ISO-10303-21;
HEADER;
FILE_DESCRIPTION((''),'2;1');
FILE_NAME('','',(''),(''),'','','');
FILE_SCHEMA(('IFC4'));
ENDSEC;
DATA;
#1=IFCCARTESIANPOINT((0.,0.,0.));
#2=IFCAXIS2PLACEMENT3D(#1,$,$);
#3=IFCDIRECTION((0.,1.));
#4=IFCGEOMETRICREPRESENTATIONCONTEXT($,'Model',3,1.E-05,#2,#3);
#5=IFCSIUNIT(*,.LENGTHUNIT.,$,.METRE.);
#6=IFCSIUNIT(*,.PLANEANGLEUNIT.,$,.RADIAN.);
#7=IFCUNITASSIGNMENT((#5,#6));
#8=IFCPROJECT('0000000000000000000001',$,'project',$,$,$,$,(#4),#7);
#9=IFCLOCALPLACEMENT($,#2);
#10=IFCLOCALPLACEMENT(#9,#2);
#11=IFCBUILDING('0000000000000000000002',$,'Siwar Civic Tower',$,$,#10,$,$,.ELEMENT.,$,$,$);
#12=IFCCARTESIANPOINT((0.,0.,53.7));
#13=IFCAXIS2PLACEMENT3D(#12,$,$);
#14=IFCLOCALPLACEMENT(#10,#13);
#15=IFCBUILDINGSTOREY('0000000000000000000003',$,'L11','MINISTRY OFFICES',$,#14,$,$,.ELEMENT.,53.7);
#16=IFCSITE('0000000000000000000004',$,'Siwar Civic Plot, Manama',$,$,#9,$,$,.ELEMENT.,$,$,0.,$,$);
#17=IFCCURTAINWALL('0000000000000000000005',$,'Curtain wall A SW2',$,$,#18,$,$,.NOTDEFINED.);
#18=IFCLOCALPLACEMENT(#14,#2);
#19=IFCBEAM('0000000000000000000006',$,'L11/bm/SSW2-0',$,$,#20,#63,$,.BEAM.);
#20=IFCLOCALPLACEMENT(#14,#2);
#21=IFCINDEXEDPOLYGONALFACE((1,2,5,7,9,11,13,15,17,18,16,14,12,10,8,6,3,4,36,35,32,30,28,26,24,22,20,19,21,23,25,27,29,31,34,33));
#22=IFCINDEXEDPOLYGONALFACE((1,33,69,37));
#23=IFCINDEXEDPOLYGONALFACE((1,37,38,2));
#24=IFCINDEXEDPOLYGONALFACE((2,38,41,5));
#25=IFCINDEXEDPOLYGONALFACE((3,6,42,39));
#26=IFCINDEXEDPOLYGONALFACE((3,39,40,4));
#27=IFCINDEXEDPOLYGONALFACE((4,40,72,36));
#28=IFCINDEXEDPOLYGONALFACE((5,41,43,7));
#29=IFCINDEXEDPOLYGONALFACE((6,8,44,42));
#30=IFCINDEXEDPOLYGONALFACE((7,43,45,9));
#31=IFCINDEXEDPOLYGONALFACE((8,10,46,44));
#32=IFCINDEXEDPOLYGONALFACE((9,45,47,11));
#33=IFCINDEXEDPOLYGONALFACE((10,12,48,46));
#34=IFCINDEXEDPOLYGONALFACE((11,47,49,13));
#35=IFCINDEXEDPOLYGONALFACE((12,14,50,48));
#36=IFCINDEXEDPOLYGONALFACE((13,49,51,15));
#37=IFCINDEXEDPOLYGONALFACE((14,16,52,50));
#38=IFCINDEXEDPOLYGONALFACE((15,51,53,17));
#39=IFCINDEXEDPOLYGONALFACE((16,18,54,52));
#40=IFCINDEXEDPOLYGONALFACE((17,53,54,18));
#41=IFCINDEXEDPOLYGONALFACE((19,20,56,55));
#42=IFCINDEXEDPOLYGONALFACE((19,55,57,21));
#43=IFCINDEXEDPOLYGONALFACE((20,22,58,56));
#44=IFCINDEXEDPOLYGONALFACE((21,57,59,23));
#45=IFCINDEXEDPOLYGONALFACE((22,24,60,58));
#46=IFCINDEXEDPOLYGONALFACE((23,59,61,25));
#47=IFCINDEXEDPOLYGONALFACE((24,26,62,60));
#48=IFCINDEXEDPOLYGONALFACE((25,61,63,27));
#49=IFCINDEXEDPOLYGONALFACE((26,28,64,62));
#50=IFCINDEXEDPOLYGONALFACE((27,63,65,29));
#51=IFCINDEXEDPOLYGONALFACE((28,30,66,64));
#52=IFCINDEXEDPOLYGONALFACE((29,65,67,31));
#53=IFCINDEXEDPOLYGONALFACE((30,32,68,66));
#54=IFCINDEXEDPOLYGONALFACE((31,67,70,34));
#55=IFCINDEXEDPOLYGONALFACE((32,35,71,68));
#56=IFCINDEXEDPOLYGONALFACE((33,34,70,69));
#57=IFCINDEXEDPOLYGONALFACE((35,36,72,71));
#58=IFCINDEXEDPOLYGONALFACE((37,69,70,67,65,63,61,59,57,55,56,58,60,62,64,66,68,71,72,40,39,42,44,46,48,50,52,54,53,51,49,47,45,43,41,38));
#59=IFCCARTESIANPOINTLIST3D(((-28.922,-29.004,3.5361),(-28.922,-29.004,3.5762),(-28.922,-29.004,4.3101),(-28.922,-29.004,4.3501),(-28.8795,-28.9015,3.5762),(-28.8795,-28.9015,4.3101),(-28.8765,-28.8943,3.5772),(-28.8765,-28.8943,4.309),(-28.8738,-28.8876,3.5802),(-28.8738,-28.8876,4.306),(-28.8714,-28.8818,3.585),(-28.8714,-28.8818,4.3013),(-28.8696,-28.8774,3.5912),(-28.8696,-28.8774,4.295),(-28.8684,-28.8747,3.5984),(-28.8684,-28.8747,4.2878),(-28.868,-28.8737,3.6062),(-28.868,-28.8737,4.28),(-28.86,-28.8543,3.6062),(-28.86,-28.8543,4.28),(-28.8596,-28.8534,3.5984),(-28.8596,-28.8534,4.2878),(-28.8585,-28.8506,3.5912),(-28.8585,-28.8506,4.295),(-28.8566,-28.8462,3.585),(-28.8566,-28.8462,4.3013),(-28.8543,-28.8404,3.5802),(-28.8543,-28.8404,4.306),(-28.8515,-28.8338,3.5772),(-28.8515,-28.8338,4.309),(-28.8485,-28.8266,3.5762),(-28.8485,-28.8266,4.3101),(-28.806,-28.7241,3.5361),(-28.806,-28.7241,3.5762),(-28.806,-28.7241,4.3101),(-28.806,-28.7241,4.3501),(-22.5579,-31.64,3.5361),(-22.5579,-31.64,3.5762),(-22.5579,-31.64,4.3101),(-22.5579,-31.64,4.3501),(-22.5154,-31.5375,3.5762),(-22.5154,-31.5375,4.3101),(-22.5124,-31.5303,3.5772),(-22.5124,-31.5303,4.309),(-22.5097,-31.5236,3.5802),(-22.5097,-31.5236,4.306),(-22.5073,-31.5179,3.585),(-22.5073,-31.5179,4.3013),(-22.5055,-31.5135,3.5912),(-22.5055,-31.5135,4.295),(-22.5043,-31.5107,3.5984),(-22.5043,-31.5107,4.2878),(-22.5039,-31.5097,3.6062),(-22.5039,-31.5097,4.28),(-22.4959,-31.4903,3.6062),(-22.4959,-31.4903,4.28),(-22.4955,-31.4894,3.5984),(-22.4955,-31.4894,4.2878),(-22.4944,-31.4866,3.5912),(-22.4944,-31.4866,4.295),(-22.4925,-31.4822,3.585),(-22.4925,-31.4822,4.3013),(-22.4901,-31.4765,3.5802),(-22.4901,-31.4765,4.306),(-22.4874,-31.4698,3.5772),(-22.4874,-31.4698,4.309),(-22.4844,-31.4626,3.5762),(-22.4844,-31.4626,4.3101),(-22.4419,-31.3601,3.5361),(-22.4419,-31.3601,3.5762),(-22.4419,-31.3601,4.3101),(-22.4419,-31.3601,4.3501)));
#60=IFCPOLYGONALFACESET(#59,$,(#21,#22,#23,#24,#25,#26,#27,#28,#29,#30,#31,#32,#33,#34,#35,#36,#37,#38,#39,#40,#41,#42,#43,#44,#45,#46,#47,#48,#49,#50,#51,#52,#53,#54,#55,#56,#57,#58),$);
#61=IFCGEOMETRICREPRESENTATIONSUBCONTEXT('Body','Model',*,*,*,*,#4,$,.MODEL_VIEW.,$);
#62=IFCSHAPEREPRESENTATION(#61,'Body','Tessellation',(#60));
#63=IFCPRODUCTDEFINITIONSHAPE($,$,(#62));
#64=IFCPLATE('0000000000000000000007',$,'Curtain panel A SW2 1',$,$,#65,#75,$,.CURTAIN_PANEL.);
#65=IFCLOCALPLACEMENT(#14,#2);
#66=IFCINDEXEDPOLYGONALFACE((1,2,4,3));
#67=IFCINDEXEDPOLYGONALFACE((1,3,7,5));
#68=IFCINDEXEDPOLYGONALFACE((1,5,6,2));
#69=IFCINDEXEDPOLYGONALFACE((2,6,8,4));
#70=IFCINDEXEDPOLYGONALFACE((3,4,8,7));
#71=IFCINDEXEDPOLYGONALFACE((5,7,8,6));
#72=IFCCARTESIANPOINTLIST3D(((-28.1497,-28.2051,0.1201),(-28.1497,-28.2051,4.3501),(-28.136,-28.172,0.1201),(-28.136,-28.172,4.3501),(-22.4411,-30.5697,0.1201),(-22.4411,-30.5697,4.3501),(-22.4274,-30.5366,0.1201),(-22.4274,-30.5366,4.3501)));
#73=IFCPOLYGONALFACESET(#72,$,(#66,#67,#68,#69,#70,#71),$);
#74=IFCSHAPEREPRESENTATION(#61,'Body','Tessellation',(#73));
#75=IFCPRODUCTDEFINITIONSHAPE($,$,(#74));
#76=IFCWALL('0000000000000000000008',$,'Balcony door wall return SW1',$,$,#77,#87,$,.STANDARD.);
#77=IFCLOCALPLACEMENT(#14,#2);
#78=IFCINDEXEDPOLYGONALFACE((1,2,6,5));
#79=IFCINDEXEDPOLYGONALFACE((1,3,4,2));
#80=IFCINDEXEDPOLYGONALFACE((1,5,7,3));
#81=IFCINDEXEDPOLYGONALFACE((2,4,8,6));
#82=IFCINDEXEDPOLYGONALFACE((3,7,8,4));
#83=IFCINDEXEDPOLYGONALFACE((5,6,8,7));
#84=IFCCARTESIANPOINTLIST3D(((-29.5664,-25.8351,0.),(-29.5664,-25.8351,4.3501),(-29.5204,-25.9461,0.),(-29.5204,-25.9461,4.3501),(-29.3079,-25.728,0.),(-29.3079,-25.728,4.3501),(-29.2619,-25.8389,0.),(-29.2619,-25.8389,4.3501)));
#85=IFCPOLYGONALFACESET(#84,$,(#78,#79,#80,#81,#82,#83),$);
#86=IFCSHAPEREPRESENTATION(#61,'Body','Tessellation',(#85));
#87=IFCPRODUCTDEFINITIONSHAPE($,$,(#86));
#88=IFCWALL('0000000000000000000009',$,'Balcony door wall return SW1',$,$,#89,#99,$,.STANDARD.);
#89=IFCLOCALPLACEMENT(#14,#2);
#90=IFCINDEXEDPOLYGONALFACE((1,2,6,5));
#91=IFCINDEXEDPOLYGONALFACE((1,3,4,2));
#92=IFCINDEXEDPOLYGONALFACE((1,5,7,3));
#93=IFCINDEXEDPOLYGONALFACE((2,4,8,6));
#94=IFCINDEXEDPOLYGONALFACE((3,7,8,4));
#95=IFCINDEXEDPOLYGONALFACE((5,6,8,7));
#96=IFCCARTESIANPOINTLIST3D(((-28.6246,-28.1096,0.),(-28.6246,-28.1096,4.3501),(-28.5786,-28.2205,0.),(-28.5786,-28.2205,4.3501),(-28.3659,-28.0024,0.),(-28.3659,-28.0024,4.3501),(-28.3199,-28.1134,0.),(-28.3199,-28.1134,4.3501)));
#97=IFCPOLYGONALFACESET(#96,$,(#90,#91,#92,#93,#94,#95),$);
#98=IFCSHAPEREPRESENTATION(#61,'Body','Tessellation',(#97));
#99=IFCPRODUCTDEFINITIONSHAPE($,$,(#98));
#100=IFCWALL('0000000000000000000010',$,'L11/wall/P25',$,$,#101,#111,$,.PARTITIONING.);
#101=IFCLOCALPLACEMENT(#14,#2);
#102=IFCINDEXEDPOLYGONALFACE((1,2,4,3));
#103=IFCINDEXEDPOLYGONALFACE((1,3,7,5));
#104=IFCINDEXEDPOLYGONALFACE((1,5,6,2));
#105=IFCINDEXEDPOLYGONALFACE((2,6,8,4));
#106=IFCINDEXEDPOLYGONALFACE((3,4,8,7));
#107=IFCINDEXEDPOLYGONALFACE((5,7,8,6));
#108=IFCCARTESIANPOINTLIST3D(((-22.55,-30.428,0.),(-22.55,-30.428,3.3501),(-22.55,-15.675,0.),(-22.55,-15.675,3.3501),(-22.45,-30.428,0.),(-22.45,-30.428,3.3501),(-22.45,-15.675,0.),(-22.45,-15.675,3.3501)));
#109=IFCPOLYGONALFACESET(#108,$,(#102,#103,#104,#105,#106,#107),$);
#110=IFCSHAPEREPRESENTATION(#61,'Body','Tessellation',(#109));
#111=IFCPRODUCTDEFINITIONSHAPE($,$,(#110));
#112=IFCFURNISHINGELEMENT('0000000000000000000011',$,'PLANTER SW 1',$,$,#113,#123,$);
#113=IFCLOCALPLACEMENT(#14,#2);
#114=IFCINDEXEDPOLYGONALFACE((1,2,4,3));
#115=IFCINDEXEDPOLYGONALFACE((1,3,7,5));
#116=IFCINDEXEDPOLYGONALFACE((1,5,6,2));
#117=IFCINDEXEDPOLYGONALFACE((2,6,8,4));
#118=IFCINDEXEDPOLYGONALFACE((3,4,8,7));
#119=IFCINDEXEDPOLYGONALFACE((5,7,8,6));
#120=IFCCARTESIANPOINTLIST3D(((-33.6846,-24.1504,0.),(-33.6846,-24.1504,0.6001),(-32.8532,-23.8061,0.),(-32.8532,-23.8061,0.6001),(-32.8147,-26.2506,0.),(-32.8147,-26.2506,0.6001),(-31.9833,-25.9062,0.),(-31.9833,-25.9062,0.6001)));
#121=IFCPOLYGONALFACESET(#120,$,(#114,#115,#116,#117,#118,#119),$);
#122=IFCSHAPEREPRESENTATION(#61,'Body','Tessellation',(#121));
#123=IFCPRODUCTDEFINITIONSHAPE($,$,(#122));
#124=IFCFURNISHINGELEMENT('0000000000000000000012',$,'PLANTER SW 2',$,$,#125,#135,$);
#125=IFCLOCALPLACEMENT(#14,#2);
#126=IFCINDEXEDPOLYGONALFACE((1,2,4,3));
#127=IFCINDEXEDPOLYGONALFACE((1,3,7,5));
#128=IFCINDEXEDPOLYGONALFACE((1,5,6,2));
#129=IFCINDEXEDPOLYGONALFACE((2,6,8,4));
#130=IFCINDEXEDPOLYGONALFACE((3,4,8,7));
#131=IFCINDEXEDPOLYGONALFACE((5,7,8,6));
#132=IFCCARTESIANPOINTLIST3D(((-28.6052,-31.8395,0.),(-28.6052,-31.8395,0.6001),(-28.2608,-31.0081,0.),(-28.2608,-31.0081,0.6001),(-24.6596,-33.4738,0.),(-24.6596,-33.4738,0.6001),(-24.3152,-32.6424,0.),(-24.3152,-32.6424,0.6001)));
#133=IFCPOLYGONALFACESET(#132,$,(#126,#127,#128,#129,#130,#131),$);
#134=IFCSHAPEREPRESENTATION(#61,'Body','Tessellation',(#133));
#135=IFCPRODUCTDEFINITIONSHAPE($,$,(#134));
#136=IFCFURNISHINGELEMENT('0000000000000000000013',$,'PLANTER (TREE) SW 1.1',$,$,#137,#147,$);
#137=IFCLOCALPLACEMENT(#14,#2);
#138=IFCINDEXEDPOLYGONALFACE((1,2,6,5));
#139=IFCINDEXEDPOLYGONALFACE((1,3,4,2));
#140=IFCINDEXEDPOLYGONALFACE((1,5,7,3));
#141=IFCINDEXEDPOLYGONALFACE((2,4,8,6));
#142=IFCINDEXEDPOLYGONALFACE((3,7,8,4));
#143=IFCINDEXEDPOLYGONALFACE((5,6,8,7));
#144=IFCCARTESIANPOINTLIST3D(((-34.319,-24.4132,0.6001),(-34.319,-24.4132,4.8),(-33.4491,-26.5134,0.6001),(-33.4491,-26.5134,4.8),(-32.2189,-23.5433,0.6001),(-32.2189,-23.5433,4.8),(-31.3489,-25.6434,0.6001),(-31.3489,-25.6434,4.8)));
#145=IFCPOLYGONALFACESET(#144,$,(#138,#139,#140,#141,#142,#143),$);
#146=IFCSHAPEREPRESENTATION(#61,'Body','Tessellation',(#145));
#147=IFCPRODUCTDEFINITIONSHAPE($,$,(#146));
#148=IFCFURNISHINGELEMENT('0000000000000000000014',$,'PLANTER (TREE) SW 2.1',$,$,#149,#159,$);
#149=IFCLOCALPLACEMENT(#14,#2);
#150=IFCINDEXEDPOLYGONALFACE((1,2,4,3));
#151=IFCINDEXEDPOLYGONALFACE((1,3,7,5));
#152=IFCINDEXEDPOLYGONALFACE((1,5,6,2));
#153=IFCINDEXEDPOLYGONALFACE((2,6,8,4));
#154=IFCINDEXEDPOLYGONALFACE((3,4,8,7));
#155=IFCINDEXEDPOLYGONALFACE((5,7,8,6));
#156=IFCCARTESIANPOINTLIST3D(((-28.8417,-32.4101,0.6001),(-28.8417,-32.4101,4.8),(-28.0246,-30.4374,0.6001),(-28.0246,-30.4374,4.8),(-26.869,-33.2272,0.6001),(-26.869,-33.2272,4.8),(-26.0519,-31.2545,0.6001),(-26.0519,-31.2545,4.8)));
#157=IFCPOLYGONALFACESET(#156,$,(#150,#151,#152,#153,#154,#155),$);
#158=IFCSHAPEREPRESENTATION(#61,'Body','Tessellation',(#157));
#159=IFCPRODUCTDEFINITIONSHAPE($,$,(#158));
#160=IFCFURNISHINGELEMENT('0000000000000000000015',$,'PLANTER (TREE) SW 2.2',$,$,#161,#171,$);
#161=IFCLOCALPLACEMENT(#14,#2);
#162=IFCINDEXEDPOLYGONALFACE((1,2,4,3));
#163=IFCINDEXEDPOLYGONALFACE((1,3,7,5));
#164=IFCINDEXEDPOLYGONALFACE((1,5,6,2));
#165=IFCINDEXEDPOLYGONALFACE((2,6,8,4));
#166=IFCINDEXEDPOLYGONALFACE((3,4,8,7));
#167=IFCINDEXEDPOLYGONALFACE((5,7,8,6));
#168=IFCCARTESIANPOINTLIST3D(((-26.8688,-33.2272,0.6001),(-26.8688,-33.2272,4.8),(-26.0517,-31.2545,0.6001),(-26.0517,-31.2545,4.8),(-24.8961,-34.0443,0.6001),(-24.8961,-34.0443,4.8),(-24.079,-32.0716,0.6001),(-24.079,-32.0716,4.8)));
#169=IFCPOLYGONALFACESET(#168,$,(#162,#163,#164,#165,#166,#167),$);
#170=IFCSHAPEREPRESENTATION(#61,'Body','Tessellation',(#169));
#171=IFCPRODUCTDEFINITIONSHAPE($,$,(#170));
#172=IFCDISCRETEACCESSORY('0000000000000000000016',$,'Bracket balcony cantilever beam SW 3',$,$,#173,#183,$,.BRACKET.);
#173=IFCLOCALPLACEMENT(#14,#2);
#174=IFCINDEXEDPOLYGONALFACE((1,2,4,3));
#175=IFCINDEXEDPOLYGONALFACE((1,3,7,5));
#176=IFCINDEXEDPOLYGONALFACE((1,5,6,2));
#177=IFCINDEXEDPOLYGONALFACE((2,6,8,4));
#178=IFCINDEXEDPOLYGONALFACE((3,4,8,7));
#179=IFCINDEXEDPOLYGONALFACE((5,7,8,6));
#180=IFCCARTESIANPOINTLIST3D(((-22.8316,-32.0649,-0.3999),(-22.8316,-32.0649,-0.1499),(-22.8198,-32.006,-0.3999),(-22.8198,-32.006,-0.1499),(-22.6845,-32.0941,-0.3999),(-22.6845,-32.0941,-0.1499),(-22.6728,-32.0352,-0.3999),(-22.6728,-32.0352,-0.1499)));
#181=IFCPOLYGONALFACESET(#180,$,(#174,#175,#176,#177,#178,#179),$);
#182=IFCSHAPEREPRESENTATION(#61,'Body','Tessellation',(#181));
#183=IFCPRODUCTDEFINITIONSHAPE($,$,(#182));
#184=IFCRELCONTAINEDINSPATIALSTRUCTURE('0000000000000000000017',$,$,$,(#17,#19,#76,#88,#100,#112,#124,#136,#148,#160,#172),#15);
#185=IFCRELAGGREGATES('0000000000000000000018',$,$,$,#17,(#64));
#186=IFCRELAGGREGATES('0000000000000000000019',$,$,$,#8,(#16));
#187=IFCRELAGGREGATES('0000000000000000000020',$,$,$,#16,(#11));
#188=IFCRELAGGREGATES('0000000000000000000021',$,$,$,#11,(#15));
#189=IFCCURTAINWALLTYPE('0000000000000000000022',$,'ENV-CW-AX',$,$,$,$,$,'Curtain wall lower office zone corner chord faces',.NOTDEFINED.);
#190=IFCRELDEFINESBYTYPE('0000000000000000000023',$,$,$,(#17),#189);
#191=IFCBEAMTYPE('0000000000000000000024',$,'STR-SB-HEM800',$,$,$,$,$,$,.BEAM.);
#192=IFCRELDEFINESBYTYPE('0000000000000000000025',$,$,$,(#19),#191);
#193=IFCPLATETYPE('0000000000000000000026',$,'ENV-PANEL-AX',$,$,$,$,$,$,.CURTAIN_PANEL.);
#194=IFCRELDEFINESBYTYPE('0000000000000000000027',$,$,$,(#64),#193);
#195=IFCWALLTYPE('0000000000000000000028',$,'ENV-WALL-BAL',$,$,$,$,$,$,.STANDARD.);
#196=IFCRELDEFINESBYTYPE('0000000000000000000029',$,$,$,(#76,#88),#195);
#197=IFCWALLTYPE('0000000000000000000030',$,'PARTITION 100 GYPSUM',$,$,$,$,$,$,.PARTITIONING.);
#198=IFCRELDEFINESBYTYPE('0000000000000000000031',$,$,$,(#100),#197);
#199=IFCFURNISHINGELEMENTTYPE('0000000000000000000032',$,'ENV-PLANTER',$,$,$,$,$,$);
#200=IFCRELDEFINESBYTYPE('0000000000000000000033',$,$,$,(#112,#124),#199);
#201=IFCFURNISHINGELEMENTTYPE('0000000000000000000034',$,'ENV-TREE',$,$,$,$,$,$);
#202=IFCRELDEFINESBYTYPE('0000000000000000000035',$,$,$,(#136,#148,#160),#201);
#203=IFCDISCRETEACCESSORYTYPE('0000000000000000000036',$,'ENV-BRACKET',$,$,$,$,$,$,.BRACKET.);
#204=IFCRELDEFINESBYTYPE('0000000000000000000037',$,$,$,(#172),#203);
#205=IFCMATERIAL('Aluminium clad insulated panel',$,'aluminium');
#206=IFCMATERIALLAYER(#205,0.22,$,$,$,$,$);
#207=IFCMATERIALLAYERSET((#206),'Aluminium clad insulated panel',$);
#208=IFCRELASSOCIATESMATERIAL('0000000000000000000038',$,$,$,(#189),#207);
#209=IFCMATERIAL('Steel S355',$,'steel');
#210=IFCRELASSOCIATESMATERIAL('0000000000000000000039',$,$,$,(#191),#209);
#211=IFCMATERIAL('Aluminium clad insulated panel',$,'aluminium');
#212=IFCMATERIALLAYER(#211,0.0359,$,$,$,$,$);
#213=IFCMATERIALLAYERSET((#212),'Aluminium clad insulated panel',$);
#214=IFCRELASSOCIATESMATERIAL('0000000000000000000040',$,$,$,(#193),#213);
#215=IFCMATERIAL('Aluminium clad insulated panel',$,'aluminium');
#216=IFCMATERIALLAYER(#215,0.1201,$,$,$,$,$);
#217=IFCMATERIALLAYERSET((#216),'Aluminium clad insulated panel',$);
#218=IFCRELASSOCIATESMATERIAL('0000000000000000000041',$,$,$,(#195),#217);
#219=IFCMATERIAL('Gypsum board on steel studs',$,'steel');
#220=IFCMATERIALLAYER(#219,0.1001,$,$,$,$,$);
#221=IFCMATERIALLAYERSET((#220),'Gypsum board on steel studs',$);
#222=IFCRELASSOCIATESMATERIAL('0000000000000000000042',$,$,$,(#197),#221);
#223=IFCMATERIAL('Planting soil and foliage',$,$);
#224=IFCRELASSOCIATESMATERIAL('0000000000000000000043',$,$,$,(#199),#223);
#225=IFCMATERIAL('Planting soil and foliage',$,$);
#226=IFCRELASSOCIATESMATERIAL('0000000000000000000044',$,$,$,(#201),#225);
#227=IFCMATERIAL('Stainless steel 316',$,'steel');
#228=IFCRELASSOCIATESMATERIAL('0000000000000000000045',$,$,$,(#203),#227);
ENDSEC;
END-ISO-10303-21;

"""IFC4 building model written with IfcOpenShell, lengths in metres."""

from ifc_helpers import new_model, si_unit, direction, frame, frame_2d, origin, origin_2d, place, context, subcontext, project, spatial, rectangle, i_section, extrude, material, layer, layer_set, material_profile, profile_set, type_object, element, aggregate, save


model = new_model("IFC4")

# Units and contexts
model_context = context("Model", 3, precision=1e-05, world=origin(), true_north=direction((0.0, 1.0)))
body_context = subcontext(model_context, "Body", "Model", "MODEL_VIEW")
ifc_project = project(units=[si_unit("LENGTHUNIT", "METRE"), si_unit("PLANEANGLEUNIT", "RADIAN")], contexts=[model_context])

# Site, building, storey
site_placement = place(None, origin())
site = spatial("IfcSite", under=ifc_project, at=site_placement, Name="Siwar Civic Plot, Manama", CompositionType="ELEMENT", RefElevation=0.0)
building_placement = place(site_placement, origin())
building = spatial("IfcBuilding", under=site, at=building_placement, Name="Siwar Civic Tower", CompositionType="ELEMENT")
storey_placement = place(building_placement, frame((0.0, 0.0, 53.7)))
storey = spatial("IfcBuildingStorey", under=building, at=storey_placement, Name="L11", Description="MINISTRY OFFICES", CompositionType="ELEMENT", Elevation=53.7)

# Shared definitions
ifc_material_1 = material(Name="Aluminium clad insulated panel", Category="aluminium")
ifc_layer_1 = layer(ifc_material_1, 0.22)
ifc_layer_set_1 = layer_set([ifc_layer_1], Name="Aluminium clad insulated panel")
curtain_wall_type = type_object("IfcCurtainWallType", Name="ENV-CW-AX", ElementType="Curtain wall lower office zone corner chord faces", PredefinedType="NOTDEFINED", material=ifc_layer_set_1)

# Curtain wall
curtain_wall_1_placement = place(storey_placement, origin())
curtain_wall_1 = element("IfcCurtainWall", 1, at=curtain_wall_1_placement, inside=storey, type_object=curtain_wall_type, Name="Curtain wall A SW2", PredefinedType="NOTDEFINED")

# Beam
ifc_material_2 = material(Name="Steel S355", Category="steel")
ifc_material_profile_1 = material_profile(ifc_material_2, i_section(OverallWidth=0.303, OverallDepth=0.814, WebThickness=0.021, FlangeThickness=0.04, FilletRadius=0.03, at=origin_2d()), Name="HEM800")
ifc_profile_set_1 = profile_set([ifc_material_profile_1], Name="Steel S355")
beam_type_1 = type_object("IfcBeamType", Name="STR-SB-HEM800", PredefinedType="BEAM", material=ifc_profile_set_1)
beam_1_placement = place(storey_placement, frame((-28.864, -28.864, 3.9431), z_axis=(0.923883, -0.382674, 0.0), x_axis=(0.382674, 0.923883, 0.0)))
element("IfcBeam", 2, at=beam_1_placement, inside=storey, type_object=beam_type_1, Name="L11/bm/SSW2-0", PredefinedType="BEAM", context=body_context, shape_type="SweptSolid", body=[
    extrude(i_section(OverallWidth=0.303, OverallDepth=0.814, WebThickness=0.021, FlangeThickness=0.04, FilletRadius=0.03, at=origin_2d()), origin(), (0.0, 0.0, 1.0), 6.8884),
])

# Plate
ifc_material_3 = material(Name="Aluminium clad insulated panel", Category="aluminium")
ifc_layer_2 = layer(ifc_material_3, 0.0359)
ifc_layer_set_2 = layer_set([ifc_layer_2], Name="Aluminium clad insulated panel")
plate_type = type_object("IfcPlateType", Name="ENV-PANEL-AX", PredefinedType="CURTAIN_PANEL", material=ifc_layer_set_2)
plate_placement = place(storey_placement, frame((-25.2886, -29.3708, 0.1201), z_axis=(0.0, 0.0, 1.0), x_axis=(0.92388, -0.382683, 0.0)))
plate = element("IfcPlate", 3, at=plate_placement, type_object=plate_type, Name="Curtain panel A SW2 1", PredefinedType="CURTAIN_PANEL", context=body_context, shape_type="SweptSolid", body=[
    extrude(rectangle(XDim=6.179, YDim=0.0359, at=origin_2d()), origin(), (0.0, 0.0, 1.0), 4.23),
])
aggregate(curtain_wall_1, [plate])

# Walls
ifc_material_4 = material(Name="Aluminium clad insulated panel", Category="aluminium")
ifc_layer_3 = layer(ifc_material_4, 0.1201)
ifc_layer_set_3 = layer_set([ifc_layer_3], Name="Aluminium clad insulated panel")
wall_type_1 = type_object("IfcWallType", Name="ENV-WALL-BAL", PredefinedType="STANDARD", material=ifc_layer_set_3)
wall_1_placement = place(storey_placement, frame((-29.2849, -25.7834, 0.0), z_axis=(0.0, 0.0, 1.0), x_axis=(-0.923772, -0.382942, 0.0)))
element("IfcWall", 4, at=wall_1_placement, inside=storey, type_object=wall_type_1, Name="Balcony door wall return SW1", PredefinedType="STANDARD", context=body_context, shape_type="SweptSolid", body=[
    extrude(rectangle(XDim=0.2798, YDim=0.1201, at=frame_2d((0.1399, 0.0))), origin(), (0.0, 0.0, 1.0), 4.3501),
])
wall_2_placement = place(storey_placement, frame((-28.3428, -28.0579, 0.0), z_axis=(0.0, 0.0, 1.0), x_axis=(-0.9239, -0.382634, 0.0)))
element("IfcWall", 5, at=wall_2_placement, inside=storey, type_object=wall_type_1, Name="Balcony door wall return SW1", PredefinedType="STANDARD", context=body_context, shape_type="SweptSolid", body=[
    extrude(rectangle(XDim=0.28, YDim=0.1201, at=frame_2d((0.1401, 0.0))), origin(), (0.0, 0.0, 1.0), 4.3501),
])

# Wall
ifc_material_5 = material(Name="Gypsum board on steel studs", Category="steel")
ifc_layer_4 = layer(ifc_material_5, 0.1001)
ifc_layer_set_4 = layer_set([ifc_layer_4], Name="Gypsum board on steel studs")
wall_type_2 = type_object("IfcWallType", Name="PARTITION 100 GYPSUM", PredefinedType="PARTITIONING", material=ifc_layer_set_4)
wall_3_placement = place(storey_placement, frame((-22.5, -30.428, 0.0), z_axis=(0.0, 0.0, 1.0), x_axis=(0.0, 1.0, 0.0)))
element("IfcWall", 6, at=wall_3_placement, inside=storey, type_object=wall_type_2, Name="L11/wall/P25", PredefinedType="PARTITIONING", context=body_context, shape_type="SweptSolid", body=[
    extrude(rectangle(XDim=14.7529, YDim=0.1001, at=frame_2d((7.3765, 0.0))), origin(), (0.0, 0.0, 1.0), 3.3501),
])

# Furnishing elements
ifc_material_6 = material(Name="Planting soil and foliage")
furnishing_element_type_1 = type_object("IfcFurnishingElementType", Name="ENV-PLANTER", material=ifc_material_6)
furnishing_1_placement = place(storey_placement, frame((-32.834, -25.0283, 0.0), z_axis=(0.0, 0.0, 1.0), x_axis=(0.382683, -0.92388, 0.0)))
element("IfcFurnishingElement", 7, at=furnishing_1_placement, inside=storey, type_object=furnishing_element_type_1, Name="PLANTER SW 1", context=body_context, shape_type="SweptSolid", body=[
    extrude(rectangle(XDim=2.2732, YDim=0.8999, at=origin_2d()), origin(), (0.0, 0.0, 1.0), 0.6001),
])
furnishing_2_placement = place(storey_placement, frame((-26.4602, -32.241, 0.0), z_axis=(0.0, 0.0, 1.0), x_axis=(0.92388, -0.382683, 0.0)))
element("IfcFurnishingElement", 8, at=furnishing_2_placement, inside=storey, type_object=furnishing_element_type_1, Name="PLANTER SW 2", context=body_context, shape_type="SweptSolid", body=[
    extrude(rectangle(XDim=4.2708, YDim=0.8999, at=origin_2d()), origin(), (0.0, 0.0, 1.0), 0.6001),
])
ifc_material_7 = material(Name="Planting soil and foliage")
furnishing_element_type_2 = type_object("IfcFurnishingElementType", Name="ENV-TREE", material=ifc_material_7)
furnishing_3_placement = place(storey_placement, frame((-32.834, -25.0283, 0.6001), z_axis=(0.0, 0.0, 1.0), x_axis=(0.382683, -0.92388, 0.0)))
element("IfcFurnishingElement", 9, at=furnishing_3_placement, inside=storey, type_object=furnishing_element_type_2, Name="PLANTER (TREE) SW 1.1", context=body_context, shape_type="SweptSolid", body=[
    extrude(rectangle(XDim=2.2732, YDim=2.2732, at=origin_2d()), origin(), (0.0, 0.0, 1.0), 4.2),
])
for number, where, z_axis, x_axis, name in (
    (10, (-27.4468, -31.8323, 0.6001), (0.0, 0.0, 1.0), (0.92388, -0.382683, 0.0), "PLANTER (TREE) SW 2.1"),
    (11, (-25.4739, -32.6494, 0.6001), (0.0, 0.0, 1.0), (0.92388, -0.382683, 0.0), "PLANTER (TREE) SW 2.2"),
):
    element("IfcFurnishingElement", number, at=place(storey_placement, frame(where, z_axis=z_axis, x_axis=x_axis)), inside=storey, type_object=furnishing_element_type_2, Name=name, context=body_context, shape_type="SweptSolid", body=[
        extrude(rectangle(XDim=2.1353, YDim=2.1353, at=origin_2d()), origin(), (0.0, 0.0, 1.0), 4.2),
    ])

# Discrete accessory
ifc_material_8 = material(Name="Stainless steel 316", Category="steel")
discrete_accessory_type_1 = type_object("IfcDiscreteAccessoryType", Name="ENV-BRACKET", PredefinedType="BRACKET", material=ifc_material_8)
discrete_accessory_placement = place(storey_placement, frame((-22.7522, -32.05, -0.3999), z_axis=(0.0, 0.0, 1.0), x_axis=(-0.19509, -0.980785, 0.0)))
element("IfcDiscreteAccessory", 12, at=discrete_accessory_placement, inside=storey, type_object=discrete_accessory_type_1, Name="Bracket balcony cantilever beam SW 3", PredefinedType="BRACKET", context=body_context, shape_type="SweptSolid", body=[
    extrude(rectangle(XDim=0.0601, YDim=0.1499, at=origin_2d()), origin(), (0.0, 0.0, 1.0), 0.25),
])

save(model, "model.ifc")
